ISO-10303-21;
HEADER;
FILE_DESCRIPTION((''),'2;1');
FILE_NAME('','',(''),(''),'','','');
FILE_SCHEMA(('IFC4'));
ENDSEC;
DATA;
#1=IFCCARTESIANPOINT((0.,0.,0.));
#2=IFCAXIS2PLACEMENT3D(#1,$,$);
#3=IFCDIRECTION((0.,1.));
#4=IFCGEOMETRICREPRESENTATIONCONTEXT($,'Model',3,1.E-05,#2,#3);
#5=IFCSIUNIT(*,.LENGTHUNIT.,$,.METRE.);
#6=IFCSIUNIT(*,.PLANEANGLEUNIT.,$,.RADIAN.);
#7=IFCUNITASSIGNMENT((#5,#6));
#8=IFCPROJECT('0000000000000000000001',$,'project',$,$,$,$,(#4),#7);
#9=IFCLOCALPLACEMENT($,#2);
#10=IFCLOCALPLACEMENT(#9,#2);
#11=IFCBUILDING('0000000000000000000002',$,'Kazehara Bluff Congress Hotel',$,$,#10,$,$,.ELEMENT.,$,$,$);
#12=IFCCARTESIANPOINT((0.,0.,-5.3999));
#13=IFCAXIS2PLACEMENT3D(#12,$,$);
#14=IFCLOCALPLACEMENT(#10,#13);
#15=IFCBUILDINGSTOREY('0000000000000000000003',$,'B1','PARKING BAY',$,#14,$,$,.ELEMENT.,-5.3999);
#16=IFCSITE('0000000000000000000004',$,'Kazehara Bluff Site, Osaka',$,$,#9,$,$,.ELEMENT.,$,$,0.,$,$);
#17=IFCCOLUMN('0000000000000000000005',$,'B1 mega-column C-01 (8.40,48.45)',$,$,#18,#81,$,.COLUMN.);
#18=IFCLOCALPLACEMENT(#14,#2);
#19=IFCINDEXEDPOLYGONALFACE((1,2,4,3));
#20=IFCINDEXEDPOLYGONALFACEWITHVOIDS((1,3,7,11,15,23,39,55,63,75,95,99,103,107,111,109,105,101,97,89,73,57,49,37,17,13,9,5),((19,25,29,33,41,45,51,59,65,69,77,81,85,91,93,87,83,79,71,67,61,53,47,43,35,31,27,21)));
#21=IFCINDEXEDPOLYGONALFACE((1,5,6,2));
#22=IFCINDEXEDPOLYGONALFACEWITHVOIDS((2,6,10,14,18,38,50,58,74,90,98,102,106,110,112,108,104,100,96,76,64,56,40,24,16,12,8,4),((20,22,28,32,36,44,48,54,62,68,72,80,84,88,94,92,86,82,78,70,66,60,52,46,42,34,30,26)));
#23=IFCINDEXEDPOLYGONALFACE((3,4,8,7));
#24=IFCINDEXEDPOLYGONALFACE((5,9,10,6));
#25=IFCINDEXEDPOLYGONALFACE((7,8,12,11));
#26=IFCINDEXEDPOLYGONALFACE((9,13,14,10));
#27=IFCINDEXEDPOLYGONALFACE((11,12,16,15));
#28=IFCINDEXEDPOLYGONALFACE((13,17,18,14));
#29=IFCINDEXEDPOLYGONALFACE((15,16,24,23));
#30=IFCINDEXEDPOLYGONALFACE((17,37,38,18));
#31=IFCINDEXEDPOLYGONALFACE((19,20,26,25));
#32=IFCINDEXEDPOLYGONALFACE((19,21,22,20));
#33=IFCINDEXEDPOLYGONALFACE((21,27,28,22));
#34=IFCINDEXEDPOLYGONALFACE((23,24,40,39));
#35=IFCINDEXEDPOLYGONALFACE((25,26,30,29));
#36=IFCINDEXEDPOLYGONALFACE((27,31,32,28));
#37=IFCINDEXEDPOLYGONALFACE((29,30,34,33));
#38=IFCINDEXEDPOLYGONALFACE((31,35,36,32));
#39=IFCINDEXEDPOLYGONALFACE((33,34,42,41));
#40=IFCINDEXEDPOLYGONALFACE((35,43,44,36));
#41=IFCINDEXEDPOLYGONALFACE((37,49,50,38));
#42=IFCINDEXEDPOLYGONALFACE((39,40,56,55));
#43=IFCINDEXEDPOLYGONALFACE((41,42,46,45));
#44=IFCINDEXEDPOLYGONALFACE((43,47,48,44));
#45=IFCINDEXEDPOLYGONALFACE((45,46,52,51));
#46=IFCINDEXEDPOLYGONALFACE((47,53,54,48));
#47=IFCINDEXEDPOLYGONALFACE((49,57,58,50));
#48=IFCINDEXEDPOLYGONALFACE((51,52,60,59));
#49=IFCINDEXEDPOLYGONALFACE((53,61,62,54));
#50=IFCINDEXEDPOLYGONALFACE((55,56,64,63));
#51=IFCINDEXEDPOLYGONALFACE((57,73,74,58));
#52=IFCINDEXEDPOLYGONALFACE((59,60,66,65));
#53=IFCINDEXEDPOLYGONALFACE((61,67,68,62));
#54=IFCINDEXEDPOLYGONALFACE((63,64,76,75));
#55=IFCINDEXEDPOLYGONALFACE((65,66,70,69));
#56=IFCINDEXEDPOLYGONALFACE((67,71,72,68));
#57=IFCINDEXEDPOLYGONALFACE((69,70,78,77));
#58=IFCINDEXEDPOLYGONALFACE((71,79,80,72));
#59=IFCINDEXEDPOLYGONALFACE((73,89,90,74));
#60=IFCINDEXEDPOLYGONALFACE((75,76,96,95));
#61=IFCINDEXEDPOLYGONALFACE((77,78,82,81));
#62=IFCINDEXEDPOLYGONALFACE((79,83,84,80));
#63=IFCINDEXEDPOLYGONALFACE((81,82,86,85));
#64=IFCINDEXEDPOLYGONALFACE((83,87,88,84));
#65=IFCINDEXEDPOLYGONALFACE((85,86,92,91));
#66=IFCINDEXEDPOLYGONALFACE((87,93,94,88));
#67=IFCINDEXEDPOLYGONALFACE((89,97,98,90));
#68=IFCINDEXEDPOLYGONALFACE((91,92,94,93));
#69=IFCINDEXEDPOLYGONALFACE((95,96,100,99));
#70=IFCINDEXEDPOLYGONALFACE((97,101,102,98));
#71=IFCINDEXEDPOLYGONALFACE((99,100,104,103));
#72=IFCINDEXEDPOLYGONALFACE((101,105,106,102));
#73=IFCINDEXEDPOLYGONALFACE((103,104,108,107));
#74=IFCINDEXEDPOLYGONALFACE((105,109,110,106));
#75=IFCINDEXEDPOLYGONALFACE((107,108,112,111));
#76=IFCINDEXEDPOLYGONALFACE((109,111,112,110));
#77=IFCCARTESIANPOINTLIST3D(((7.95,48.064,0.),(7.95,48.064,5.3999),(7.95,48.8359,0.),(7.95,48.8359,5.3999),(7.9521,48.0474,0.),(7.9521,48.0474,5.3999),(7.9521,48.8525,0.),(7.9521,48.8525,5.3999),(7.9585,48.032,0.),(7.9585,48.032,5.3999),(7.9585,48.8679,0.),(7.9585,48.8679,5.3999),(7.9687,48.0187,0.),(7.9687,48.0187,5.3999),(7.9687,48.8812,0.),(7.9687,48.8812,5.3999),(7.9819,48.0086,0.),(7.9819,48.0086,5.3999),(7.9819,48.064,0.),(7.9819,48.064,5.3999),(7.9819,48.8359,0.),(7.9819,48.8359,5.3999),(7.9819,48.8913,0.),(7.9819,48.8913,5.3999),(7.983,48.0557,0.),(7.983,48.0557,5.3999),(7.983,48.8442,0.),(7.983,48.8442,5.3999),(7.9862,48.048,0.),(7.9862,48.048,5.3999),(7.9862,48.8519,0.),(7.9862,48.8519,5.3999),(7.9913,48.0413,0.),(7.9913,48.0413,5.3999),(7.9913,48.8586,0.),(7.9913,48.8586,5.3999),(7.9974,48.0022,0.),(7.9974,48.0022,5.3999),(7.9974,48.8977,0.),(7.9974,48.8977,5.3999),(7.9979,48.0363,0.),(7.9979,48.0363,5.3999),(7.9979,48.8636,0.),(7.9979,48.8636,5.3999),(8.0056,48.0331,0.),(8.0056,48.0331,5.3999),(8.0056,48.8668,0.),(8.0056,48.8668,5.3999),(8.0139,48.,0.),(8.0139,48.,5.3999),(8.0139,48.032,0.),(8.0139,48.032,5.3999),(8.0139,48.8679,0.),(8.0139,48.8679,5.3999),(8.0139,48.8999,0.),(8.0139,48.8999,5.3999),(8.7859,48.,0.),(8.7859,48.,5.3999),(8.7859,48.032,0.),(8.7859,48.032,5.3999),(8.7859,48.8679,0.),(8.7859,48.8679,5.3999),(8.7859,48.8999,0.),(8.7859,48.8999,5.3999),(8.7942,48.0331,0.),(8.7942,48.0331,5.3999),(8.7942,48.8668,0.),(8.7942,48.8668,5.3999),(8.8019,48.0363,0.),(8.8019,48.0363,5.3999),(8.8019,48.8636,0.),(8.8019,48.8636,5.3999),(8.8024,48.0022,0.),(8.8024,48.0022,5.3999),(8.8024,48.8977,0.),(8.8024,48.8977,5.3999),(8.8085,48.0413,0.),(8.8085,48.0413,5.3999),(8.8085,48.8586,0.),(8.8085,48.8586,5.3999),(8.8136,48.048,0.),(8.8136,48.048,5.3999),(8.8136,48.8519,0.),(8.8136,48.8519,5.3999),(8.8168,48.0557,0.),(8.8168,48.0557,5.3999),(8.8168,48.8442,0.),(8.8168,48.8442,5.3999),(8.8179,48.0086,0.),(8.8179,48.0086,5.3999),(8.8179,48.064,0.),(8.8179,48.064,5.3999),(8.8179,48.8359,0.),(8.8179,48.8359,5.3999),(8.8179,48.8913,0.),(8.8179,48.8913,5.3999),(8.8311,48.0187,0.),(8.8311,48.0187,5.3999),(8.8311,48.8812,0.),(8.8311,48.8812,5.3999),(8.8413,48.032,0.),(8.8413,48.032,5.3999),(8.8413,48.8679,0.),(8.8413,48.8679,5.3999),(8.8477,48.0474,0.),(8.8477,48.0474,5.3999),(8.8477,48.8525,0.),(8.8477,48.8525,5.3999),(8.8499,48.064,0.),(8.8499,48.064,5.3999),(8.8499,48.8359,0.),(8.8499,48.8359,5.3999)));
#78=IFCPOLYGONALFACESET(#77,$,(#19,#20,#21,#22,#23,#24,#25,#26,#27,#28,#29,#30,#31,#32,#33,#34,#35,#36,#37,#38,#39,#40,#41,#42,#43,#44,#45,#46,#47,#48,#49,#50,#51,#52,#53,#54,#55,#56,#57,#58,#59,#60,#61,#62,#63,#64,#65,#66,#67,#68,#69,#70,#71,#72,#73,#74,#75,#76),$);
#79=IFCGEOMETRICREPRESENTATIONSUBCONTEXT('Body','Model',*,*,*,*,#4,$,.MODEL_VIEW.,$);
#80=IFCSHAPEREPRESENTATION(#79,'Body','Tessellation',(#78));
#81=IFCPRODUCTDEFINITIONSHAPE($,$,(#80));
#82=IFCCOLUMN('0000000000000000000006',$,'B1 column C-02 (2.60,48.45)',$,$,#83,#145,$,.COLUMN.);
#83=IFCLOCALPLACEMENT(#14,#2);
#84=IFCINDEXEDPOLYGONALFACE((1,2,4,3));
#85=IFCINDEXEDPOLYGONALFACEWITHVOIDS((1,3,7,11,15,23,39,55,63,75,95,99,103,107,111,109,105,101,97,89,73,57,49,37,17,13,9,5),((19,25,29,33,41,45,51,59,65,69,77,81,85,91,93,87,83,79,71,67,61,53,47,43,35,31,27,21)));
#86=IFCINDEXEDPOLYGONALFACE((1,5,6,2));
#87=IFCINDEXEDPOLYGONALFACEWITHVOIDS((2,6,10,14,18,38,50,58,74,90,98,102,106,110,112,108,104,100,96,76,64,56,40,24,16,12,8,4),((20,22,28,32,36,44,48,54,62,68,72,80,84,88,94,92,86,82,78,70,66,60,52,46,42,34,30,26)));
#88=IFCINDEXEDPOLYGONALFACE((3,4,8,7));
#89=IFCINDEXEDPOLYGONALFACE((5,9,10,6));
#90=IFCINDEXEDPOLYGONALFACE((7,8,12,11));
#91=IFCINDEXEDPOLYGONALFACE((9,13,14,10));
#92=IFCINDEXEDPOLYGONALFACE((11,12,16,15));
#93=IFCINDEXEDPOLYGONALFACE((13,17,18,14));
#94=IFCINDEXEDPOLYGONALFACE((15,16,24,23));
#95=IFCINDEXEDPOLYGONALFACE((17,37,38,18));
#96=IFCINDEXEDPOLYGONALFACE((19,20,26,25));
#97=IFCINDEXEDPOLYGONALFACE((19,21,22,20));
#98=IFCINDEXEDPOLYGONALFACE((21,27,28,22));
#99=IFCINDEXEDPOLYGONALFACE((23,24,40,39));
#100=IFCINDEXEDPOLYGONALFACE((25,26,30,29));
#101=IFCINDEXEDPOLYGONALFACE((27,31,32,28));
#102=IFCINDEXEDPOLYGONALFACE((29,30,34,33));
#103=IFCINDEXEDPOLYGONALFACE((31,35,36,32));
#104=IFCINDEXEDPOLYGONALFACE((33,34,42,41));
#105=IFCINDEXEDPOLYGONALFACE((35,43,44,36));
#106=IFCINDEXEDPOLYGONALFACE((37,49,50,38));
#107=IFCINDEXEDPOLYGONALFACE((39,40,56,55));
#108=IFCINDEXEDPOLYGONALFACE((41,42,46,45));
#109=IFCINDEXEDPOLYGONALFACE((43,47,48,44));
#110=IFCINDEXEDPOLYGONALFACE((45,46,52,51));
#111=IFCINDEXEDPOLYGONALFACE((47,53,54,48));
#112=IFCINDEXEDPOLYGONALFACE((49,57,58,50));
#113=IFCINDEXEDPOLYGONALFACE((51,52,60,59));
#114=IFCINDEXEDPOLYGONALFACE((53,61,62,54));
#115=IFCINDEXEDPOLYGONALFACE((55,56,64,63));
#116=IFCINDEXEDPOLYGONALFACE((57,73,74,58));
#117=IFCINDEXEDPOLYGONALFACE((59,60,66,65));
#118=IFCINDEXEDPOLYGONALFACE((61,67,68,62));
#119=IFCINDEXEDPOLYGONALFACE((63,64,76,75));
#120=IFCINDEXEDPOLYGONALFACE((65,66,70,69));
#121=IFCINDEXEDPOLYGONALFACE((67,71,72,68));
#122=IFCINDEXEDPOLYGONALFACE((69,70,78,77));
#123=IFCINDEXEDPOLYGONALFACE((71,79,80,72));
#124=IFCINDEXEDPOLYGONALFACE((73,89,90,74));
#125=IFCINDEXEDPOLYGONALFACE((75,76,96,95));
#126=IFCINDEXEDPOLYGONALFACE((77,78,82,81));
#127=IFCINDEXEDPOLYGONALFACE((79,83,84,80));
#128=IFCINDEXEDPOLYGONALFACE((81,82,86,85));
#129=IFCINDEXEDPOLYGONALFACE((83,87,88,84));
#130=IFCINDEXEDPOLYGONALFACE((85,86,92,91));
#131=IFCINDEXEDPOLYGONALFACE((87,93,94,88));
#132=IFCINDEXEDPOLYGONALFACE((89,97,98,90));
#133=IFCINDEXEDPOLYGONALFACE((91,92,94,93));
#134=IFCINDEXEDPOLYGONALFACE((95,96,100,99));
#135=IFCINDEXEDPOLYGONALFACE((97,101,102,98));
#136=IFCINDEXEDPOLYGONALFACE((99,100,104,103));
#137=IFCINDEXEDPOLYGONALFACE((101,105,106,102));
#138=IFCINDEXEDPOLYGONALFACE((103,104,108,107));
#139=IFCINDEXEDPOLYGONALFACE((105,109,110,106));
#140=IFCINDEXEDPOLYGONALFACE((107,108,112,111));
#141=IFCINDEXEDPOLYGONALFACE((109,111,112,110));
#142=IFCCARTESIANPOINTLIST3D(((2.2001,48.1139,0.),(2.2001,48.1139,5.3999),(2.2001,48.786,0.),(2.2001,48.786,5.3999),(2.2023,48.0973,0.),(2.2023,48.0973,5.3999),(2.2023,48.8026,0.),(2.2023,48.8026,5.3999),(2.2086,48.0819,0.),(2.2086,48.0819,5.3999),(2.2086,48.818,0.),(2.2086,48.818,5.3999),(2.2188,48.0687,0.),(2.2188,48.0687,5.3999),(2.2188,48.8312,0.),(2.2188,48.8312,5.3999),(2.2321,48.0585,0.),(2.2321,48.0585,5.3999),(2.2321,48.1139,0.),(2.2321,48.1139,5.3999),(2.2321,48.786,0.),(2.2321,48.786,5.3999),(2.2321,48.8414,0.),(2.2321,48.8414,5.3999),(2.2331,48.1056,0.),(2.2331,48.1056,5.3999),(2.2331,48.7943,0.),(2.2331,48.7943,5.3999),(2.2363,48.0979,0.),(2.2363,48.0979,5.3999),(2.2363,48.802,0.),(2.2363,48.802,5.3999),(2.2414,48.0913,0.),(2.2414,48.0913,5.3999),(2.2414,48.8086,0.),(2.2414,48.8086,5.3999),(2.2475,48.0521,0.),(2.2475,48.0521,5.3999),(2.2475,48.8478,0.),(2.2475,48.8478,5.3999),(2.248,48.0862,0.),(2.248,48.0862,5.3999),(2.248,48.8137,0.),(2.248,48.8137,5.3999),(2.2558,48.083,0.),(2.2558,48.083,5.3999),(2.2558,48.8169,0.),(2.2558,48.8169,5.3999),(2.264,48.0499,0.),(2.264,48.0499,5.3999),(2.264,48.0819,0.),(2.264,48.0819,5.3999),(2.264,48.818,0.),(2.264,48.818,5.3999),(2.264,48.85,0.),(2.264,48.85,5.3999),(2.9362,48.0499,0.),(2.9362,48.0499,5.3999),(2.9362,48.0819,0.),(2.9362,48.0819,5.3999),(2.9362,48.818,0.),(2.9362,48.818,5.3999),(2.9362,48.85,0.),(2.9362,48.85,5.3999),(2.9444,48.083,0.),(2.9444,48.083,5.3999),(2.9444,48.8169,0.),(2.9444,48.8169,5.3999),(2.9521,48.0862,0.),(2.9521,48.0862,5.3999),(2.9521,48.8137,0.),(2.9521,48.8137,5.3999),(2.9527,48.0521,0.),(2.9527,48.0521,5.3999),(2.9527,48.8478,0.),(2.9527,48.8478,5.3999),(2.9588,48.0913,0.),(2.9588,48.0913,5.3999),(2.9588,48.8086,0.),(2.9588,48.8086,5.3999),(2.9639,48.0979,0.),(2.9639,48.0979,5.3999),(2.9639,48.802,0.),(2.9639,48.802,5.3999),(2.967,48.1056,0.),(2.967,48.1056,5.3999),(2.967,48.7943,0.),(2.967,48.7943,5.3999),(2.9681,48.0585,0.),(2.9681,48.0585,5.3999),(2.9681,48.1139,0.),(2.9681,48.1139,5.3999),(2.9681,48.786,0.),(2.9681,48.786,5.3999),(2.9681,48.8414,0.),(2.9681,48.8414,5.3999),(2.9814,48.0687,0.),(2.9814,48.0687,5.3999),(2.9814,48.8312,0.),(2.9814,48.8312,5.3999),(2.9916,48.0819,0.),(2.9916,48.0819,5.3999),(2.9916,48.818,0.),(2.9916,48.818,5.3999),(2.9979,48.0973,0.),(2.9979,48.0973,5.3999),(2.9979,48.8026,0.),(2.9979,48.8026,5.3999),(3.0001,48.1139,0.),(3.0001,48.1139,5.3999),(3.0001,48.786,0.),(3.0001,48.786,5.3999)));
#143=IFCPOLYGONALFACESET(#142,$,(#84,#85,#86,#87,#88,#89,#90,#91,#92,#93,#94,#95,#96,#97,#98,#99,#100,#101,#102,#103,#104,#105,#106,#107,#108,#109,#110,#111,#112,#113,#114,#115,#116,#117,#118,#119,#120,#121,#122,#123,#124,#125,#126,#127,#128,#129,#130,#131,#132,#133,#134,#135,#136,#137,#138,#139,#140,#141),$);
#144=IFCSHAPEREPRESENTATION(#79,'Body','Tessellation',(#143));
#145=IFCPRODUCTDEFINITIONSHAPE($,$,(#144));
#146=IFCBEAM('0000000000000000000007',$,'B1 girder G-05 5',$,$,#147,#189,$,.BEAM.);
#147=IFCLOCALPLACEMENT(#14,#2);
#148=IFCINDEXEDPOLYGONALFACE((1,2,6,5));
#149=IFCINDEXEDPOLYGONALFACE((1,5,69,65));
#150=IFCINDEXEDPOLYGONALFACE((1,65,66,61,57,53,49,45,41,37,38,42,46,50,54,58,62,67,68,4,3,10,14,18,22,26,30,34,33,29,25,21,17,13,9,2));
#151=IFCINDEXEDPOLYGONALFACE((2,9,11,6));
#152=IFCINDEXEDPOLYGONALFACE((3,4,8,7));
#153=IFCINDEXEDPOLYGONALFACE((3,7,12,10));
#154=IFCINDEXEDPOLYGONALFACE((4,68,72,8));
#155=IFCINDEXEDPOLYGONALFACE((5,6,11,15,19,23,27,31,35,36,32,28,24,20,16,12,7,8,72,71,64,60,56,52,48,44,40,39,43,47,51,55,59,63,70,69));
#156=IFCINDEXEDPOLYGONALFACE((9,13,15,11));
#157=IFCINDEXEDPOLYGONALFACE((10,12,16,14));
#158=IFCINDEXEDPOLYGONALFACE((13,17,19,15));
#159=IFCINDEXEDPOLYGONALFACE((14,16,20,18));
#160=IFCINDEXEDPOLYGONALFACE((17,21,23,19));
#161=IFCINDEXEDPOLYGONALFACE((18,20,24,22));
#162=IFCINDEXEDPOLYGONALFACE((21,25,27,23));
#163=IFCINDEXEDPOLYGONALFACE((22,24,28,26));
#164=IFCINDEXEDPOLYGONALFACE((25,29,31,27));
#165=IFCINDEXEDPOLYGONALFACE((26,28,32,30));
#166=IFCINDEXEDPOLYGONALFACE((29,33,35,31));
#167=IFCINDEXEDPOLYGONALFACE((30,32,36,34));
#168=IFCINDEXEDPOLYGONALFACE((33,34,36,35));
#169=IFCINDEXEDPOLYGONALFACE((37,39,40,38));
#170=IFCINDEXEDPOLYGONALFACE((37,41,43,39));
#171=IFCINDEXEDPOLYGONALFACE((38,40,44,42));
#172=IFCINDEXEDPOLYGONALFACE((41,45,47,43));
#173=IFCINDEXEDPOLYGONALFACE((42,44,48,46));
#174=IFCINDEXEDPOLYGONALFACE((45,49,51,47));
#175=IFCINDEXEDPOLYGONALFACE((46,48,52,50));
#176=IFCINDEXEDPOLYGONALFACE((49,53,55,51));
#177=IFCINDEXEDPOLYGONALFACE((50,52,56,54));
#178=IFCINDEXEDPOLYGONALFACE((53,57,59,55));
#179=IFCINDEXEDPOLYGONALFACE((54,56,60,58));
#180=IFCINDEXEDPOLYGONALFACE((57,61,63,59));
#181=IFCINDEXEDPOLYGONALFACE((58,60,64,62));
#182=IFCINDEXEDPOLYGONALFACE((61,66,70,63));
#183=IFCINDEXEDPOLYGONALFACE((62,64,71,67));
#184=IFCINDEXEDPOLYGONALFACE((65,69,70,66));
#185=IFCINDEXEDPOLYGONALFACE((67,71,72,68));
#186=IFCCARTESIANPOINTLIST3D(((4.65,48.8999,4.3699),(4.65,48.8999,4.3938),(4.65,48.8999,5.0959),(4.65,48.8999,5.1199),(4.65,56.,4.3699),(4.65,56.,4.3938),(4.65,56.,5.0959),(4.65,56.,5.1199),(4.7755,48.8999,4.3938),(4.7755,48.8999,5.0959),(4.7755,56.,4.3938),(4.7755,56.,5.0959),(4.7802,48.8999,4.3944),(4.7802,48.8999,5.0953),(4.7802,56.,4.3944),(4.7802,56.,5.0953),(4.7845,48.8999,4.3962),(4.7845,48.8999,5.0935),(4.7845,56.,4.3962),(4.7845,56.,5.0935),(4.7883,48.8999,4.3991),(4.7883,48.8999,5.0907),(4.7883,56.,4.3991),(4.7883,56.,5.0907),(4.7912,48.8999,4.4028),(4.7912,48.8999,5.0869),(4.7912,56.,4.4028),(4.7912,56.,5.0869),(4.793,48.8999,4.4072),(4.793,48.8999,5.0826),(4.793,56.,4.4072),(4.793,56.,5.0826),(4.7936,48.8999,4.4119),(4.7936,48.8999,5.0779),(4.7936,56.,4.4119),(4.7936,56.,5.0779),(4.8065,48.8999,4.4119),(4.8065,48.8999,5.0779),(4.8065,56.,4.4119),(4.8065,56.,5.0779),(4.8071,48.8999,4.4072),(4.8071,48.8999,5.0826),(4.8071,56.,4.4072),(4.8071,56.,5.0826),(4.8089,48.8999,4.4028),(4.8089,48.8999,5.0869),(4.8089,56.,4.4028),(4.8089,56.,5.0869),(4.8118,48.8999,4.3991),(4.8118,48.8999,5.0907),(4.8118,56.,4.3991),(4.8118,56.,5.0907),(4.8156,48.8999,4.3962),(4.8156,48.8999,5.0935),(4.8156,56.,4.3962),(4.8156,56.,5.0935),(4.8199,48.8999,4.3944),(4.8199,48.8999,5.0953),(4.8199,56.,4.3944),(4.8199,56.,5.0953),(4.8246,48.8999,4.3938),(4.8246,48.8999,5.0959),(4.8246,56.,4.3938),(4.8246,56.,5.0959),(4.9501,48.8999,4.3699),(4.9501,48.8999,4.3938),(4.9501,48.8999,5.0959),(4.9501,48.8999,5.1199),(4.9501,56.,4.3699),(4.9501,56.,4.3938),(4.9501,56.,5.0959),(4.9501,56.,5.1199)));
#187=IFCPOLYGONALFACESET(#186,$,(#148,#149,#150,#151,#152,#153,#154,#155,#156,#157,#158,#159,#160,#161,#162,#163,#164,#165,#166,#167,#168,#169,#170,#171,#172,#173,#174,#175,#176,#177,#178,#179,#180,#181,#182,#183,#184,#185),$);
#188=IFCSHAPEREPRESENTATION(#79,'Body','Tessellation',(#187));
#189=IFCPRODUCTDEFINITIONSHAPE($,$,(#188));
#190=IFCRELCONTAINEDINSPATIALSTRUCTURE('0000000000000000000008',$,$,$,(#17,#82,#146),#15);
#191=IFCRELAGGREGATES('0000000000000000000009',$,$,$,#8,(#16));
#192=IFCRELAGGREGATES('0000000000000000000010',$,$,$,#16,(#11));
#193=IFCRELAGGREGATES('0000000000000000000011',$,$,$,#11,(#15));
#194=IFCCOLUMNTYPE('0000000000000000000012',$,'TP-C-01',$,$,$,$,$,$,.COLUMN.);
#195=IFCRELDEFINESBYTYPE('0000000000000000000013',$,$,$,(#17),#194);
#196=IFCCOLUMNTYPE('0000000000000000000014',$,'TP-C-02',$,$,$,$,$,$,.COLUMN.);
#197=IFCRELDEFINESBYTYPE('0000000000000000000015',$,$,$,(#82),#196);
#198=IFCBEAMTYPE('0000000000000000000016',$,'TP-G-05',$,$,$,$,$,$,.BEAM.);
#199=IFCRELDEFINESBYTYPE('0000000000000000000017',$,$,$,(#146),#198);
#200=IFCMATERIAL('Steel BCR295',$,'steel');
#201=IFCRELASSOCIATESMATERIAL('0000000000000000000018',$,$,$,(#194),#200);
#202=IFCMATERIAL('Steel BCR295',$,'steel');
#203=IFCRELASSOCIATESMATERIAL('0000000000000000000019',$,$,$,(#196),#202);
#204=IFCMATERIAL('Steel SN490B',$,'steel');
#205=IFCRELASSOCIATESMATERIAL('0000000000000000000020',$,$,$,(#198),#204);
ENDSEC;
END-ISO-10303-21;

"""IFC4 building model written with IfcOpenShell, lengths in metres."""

from ifc_helpers import new_model, si_unit, direction, frame, origin, origin_2d, place, context, subcontext, project, spatial, hollow_rectangle, i_section, extrude, material, material_profile, profile_set, type_object, element, save


model = new_model("IFC4")

# Units and contexts
model_context = context("Model", 3, precision=1e-05, world=origin(), true_north=direction((0.0, 1.0)))
body_context = subcontext(model_context, "Body", "Model", "MODEL_VIEW")
ifc_project = project(units=[si_unit("LENGTHUNIT", "METRE"), si_unit("PLANEANGLEUNIT", "RADIAN")], contexts=[model_context])

# Site, building, storey
site_placement = place(None, origin())
site = spatial("IfcSite", under=ifc_project, at=site_placement, Name="Kazehara Bluff Site, Osaka", CompositionType="ELEMENT", RefElevation=0.0)
building_placement = place(site_placement, origin())
building = spatial("IfcBuilding", under=site, at=building_placement, Name="Kazehara Bluff Congress Hotel", CompositionType="ELEMENT")
storey_placement = place(building_placement, frame((0.0, 0.0, -5.3999)))
storey = spatial("IfcBuildingStorey", under=building, at=storey_placement, Name="B1", Description="PARKING BAY", CompositionType="ELEMENT", Elevation=-5.3999)

# Columns
ifc_material_1 = material(Name="Steel BCR295", Category="steel")
ifc_material_profile_1 = material_profile(ifc_material_1, hollow_rectangle(XDim=0.8999, YDim=0.8999, WallThickness=0.032, InnerFilletRadius=0.032, OuterFilletRadius=0.064, at=origin_2d()))
ifc_profile_set_1 = profile_set([ifc_material_profile_1], Name="Steel BCR295")
column_type_1 = type_object("IfcColumnType", Name="TP-C-01", PredefinedType="COLUMN", material=ifc_profile_set_1)
for number, where, z_axis, x_axis, name in (
    (1, (8.3999, 48.45, 0.0), (0.0, 0.0, 1.0), (1.0, 0.0, 0.0), "B1 mega-column C-01 (8.40,48.45)"),
):
    element("IfcColumn", number, at=place(storey_placement, frame(where, z_axis=z_axis, x_axis=x_axis)), inside=storey, type_object=column_type_1, Name=name, PredefinedType="COLUMN", context=body_context, shape_type="SweptSolid", body=[
        extrude(hollow_rectangle(XDim=0.8999, YDim=0.8999, WallThickness=0.032, InnerFilletRadius=0.032, OuterFilletRadius=0.064, at=origin_2d()), origin(), (0.0, 0.0, 1.0), 5.3999),
    ])
ifc_material_2 = material(Name="Steel BCR295", Category="steel")
ifc_material_profile_2 = material_profile(ifc_material_2, hollow_rectangle(XDim=0.8, YDim=0.8, WallThickness=0.032, InnerFilletRadius=0.032, OuterFilletRadius=0.064, at=origin_2d()))
ifc_profile_set_2 = profile_set([ifc_material_profile_2], Name="Steel BCR295")
column_type_2 = type_object("IfcColumnType", Name="TP-C-02", PredefinedType="COLUMN", material=ifc_profile_set_2)
column_placement = place(storey_placement, frame((2.6001, 48.45, 0.0), z_axis=(0.0, 0.0, 1.0), x_axis=(1.0, 0.0, 0.0)))
element("IfcColumn", 2, at=column_placement, inside=storey, type_object=column_type_2, Name="B1 column C-02 (2.60,48.45)", PredefinedType="COLUMN", context=body_context, shape_type="SweptSolid", body=[
    extrude(hollow_rectangle(XDim=0.8, YDim=0.8, WallThickness=0.032, InnerFilletRadius=0.032, OuterFilletRadius=0.064, at=origin_2d()), origin(), (0.0, 0.0, 1.0), 5.3999),
])

# Beam
ifc_material_3 = material(Name="Steel SN490B", Category="steel")
ifc_material_profile_3 = material_profile(ifc_material_3, i_section(OverallWidth=0.3, OverallDepth=0.75, WebThickness=0.0129, FlangeThickness=0.0239, FilletRadius=0.0181, at=origin_2d()))
ifc_profile_set_3 = profile_set([ifc_material_profile_3], Name="Steel SN490B")
beam_type_1 = type_object("IfcBeamType", Name="TP-G-05", PredefinedType="BEAM", material=ifc_profile_set_3)
for number, where, z_axis, x_axis, name in (
    (3, (4.8, 48.8999, 4.7449), (0.0, 1.0, 0.0), (-1.0, 0.0, 0.0), "B1 girder G-05 5"),
):
    element("IfcBeam", number, at=place(storey_placement, frame(where, z_axis=z_axis, x_axis=x_axis)), inside=storey, type_object=beam_type_1, Name=name, PredefinedType="BEAM", context=body_context, shape_type="SweptSolid", body=[
        extrude(i_section(OverallWidth=0.3, OverallDepth=0.75, WebThickness=0.0129, FlangeThickness=0.0239, FilletRadius=0.0181, at=origin_2d()), origin(), (0.0, 0.0, 1.0), 7.1001),
    ])

save(model, "model.ifc")
